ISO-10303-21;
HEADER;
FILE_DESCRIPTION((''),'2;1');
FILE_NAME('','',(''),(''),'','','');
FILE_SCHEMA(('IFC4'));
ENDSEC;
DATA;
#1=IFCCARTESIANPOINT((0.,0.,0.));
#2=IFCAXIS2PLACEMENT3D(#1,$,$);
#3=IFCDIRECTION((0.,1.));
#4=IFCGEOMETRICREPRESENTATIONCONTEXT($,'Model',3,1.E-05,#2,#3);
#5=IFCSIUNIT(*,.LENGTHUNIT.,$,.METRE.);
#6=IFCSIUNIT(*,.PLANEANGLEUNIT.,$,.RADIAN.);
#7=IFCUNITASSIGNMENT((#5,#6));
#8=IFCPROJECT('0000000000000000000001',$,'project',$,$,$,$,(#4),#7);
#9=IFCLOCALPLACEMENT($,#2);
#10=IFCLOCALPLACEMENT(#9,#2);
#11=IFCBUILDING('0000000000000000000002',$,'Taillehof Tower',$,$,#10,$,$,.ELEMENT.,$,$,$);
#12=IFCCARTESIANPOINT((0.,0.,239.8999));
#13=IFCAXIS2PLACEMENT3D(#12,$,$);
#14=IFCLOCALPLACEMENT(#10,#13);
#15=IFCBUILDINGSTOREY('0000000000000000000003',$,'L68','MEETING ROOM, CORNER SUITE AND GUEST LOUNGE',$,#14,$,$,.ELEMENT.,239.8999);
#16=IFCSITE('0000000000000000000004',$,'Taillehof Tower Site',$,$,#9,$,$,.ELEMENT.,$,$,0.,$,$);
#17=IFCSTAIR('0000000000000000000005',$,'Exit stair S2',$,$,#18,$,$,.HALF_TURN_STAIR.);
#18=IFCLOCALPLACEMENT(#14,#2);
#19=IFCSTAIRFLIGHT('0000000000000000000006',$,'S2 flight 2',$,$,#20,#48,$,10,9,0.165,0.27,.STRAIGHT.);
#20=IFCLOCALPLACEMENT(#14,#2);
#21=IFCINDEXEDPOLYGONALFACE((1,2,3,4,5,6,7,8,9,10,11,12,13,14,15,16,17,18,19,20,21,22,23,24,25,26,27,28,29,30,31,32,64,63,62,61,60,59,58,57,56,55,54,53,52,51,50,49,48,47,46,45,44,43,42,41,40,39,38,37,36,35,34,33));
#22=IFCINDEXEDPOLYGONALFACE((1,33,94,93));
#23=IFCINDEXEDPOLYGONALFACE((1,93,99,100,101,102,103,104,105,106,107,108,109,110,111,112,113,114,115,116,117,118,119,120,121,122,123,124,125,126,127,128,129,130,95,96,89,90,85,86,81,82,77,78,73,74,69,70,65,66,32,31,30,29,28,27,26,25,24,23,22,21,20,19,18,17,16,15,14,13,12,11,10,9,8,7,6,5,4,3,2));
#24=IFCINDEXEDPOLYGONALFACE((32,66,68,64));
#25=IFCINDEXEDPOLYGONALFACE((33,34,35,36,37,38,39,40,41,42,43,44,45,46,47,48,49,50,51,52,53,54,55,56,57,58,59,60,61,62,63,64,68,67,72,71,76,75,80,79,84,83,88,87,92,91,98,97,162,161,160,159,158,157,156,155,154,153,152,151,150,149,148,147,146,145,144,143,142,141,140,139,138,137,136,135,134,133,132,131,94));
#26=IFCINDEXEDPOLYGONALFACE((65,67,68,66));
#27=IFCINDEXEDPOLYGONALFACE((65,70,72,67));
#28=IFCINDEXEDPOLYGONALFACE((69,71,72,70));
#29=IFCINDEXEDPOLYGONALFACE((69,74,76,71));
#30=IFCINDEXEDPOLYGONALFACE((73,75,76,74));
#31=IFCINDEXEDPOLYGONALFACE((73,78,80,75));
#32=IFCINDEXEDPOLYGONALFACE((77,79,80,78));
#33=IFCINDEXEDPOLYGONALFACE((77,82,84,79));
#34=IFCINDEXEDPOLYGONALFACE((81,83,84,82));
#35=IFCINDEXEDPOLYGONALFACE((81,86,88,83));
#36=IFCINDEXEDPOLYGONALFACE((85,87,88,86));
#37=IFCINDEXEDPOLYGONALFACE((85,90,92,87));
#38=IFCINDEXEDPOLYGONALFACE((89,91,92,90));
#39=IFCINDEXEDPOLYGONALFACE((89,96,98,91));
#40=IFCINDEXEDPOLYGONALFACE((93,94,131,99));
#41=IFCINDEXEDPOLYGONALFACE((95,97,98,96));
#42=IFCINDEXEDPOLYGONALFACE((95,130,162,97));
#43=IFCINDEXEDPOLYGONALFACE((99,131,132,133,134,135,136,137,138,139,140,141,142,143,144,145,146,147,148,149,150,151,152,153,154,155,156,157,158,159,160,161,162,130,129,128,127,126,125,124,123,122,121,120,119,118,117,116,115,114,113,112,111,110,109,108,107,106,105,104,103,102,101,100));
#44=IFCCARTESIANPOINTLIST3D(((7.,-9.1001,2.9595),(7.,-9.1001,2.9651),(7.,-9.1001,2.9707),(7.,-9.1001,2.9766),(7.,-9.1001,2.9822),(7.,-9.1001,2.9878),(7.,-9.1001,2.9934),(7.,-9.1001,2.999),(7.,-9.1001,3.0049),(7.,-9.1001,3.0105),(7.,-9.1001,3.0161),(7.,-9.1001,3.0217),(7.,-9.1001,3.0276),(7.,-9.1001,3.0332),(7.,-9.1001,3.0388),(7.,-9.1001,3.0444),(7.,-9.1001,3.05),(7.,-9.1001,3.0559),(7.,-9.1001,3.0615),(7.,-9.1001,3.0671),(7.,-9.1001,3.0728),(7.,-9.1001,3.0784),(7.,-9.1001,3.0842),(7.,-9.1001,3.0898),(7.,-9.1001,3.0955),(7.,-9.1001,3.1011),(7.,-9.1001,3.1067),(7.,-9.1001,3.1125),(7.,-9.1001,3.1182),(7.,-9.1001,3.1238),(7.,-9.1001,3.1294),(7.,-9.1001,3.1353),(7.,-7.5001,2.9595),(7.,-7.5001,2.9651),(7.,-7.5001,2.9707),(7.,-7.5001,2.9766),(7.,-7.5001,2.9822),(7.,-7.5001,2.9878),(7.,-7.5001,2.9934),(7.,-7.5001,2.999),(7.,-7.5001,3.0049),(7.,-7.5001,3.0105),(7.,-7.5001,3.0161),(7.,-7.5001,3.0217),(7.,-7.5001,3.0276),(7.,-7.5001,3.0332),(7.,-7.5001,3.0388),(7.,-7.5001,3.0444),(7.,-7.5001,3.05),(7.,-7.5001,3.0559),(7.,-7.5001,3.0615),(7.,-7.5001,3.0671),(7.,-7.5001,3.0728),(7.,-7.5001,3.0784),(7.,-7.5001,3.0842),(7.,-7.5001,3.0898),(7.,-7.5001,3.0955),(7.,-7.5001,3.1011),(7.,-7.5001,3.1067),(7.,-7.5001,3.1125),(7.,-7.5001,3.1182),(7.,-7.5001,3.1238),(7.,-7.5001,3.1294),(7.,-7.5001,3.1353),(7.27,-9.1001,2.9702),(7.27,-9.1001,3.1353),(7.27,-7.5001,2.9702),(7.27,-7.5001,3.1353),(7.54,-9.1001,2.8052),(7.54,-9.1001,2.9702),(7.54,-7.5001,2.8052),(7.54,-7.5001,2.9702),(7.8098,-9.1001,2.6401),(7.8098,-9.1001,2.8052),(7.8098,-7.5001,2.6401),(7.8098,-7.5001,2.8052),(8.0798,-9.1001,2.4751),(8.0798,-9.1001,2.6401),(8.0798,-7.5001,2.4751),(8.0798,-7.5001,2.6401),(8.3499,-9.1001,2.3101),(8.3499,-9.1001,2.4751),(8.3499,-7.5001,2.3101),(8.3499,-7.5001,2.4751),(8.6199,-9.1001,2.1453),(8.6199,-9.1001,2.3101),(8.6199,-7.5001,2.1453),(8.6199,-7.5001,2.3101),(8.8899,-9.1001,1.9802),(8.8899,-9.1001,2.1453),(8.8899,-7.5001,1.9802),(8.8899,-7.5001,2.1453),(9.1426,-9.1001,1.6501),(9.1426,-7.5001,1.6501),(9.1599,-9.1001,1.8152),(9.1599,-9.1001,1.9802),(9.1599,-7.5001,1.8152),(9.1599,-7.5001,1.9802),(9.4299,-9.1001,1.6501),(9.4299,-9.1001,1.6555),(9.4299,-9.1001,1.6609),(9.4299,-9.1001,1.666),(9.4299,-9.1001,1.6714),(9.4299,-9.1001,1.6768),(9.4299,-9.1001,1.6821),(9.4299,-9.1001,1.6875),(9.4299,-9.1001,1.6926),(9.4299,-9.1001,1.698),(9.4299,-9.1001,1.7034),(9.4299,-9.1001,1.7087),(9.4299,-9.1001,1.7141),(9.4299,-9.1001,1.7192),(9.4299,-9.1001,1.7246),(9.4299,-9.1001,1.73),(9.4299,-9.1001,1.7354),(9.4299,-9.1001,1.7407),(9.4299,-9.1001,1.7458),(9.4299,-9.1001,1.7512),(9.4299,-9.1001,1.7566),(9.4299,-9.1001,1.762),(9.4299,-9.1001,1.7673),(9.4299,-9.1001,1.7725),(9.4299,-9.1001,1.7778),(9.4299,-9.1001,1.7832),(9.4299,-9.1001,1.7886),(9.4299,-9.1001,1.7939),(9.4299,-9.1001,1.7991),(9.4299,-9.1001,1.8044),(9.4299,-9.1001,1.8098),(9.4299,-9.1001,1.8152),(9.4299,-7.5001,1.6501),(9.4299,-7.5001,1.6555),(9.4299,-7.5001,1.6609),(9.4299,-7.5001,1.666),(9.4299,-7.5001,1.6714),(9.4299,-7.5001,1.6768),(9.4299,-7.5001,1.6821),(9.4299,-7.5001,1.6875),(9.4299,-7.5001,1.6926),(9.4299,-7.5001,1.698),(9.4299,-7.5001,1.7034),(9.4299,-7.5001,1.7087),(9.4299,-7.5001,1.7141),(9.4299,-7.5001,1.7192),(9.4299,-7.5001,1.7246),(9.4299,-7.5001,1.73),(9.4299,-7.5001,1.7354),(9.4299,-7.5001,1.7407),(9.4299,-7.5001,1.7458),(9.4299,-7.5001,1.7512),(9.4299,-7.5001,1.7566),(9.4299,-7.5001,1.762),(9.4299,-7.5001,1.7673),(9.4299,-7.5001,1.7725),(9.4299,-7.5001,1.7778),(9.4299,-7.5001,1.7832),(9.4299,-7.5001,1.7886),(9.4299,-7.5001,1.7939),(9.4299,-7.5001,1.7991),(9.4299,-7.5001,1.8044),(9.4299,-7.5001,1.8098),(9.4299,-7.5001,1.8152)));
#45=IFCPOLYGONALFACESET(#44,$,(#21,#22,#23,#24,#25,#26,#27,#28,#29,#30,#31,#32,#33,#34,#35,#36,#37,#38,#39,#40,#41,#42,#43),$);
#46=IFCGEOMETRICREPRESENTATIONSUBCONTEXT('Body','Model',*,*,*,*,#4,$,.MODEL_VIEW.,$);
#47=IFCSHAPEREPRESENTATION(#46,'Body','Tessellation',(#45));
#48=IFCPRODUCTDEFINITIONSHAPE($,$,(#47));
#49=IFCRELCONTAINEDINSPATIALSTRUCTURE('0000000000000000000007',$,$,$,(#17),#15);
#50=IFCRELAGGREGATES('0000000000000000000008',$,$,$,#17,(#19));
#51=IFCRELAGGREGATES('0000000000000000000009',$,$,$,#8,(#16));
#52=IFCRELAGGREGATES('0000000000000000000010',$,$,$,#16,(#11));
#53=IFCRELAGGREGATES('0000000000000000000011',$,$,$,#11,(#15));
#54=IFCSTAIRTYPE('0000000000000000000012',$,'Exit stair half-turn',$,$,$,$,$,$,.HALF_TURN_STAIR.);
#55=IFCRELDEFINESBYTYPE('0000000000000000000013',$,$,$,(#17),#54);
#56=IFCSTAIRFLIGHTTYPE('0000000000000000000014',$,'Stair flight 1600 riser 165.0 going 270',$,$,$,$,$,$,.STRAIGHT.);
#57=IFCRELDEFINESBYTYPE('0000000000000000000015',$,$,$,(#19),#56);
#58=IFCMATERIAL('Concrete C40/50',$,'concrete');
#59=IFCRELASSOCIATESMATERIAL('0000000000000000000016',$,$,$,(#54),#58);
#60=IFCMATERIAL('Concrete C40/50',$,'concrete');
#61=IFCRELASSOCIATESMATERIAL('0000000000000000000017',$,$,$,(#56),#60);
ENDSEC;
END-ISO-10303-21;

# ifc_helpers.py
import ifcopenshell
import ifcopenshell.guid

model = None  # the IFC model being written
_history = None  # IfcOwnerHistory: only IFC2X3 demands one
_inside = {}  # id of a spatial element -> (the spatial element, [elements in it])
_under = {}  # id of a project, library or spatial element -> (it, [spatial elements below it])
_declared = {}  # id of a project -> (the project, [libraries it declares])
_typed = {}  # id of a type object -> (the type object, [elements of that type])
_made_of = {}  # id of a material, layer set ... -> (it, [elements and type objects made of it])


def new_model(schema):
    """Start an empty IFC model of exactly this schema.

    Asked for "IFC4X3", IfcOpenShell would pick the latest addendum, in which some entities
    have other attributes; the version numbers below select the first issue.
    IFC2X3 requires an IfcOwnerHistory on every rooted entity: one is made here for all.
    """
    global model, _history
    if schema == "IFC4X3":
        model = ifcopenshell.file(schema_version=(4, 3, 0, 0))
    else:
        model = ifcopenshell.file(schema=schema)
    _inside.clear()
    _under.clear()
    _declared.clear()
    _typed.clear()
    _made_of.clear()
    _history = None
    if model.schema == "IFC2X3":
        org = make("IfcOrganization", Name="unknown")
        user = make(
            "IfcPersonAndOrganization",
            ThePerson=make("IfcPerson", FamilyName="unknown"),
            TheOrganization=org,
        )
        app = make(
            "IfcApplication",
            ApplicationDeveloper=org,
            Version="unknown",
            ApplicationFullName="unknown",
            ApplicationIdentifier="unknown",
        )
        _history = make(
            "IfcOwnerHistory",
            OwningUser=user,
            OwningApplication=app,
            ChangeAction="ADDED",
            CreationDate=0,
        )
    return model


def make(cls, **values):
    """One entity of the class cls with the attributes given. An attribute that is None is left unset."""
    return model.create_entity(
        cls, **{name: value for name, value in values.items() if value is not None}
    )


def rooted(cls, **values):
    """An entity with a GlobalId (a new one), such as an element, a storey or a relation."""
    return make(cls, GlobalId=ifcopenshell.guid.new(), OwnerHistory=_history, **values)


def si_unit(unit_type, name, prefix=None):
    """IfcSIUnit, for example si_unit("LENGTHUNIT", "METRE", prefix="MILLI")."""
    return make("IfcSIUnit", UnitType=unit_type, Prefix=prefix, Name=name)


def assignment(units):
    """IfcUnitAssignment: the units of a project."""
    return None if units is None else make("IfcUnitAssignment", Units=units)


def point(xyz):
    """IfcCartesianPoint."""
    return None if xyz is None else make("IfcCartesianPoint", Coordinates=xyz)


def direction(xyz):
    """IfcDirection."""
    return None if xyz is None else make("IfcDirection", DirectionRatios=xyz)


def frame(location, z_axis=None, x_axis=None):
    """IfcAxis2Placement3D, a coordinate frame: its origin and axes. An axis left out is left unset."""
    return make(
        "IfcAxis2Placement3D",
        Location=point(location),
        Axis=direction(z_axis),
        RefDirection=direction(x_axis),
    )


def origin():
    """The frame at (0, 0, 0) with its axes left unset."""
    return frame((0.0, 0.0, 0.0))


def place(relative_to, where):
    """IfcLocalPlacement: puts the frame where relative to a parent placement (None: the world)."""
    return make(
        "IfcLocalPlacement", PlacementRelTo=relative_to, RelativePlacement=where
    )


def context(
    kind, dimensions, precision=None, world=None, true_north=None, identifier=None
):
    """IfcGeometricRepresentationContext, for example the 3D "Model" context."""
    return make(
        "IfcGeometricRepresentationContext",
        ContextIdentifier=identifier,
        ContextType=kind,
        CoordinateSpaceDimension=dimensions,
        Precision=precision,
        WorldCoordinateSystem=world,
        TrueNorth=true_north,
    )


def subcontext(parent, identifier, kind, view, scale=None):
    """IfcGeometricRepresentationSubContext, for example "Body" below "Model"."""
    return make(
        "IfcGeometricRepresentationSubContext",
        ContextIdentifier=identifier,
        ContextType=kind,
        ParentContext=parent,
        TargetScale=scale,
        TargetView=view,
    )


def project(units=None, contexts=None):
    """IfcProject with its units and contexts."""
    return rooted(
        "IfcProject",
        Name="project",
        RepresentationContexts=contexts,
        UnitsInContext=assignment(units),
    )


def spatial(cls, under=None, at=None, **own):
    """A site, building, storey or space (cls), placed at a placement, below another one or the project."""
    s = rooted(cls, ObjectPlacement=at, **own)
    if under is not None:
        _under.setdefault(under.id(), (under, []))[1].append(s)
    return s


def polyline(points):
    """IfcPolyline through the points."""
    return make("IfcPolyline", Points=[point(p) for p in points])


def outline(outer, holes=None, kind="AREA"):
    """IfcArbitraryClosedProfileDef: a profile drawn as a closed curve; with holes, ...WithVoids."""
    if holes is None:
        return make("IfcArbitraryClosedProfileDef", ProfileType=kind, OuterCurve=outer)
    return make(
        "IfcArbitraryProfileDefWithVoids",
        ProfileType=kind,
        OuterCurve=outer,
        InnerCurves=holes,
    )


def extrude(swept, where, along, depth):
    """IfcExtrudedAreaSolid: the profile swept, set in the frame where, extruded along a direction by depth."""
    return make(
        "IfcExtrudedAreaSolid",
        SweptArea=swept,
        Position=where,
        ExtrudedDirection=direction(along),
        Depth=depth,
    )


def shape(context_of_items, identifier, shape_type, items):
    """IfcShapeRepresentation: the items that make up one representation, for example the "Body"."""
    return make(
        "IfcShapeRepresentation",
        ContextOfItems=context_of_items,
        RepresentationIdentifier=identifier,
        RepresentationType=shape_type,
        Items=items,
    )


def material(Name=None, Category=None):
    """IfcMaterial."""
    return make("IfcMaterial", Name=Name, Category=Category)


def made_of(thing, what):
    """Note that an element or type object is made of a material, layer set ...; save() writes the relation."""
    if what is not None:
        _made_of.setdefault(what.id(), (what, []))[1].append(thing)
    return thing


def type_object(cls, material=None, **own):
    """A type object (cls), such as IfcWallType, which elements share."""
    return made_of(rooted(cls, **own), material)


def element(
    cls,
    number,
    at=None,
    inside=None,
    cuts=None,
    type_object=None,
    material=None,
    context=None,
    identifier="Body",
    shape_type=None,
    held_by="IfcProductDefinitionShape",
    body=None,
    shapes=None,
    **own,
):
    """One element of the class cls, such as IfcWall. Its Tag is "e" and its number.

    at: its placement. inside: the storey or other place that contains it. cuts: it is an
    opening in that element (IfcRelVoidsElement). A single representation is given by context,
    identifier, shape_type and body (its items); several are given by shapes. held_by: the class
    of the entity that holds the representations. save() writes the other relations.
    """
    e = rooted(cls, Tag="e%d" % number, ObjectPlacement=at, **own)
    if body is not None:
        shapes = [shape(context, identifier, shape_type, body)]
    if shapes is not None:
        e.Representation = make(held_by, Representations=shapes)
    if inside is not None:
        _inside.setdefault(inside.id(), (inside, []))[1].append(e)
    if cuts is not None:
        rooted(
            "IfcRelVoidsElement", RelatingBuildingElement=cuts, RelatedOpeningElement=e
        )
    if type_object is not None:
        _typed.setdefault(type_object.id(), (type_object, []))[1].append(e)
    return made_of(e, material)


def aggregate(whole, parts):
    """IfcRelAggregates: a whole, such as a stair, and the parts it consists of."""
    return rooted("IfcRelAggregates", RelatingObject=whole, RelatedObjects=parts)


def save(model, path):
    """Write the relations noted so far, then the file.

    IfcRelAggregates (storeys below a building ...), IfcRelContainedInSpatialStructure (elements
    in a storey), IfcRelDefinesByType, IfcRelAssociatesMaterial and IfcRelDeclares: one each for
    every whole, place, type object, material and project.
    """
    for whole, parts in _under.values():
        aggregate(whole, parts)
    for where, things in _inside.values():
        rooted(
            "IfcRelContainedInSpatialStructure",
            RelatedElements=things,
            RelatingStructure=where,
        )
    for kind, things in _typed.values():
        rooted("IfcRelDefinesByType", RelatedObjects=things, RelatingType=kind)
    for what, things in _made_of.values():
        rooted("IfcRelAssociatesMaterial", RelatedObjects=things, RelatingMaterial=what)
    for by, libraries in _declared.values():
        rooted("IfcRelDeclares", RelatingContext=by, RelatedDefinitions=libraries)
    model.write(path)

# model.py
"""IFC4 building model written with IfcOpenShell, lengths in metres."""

from ifc_helpers import new_model, si_unit, direction, frame, origin, place, context, subcontext, project, spatial, polyline, outline, extrude, material, type_object, element, aggregate, save


model = new_model("IFC4")

# Units and contexts
model_context = context("Model", 3, precision=1e-05, world=origin(), true_north=direction((0.0, 1.0)))
body_context = subcontext(model_context, "Body", "Model", "MODEL_VIEW")
ifc_project = project(units=[si_unit("LENGTHUNIT", "METRE"), si_unit("PLANEANGLEUNIT", "RADIAN")], contexts=[model_context])

# Site, building, storey
site_placement = place(None, origin())
site = spatial("IfcSite", under=ifc_project, at=site_placement, Name="Taillehof Tower Site", CompositionType="ELEMENT", RefElevation=0.0)
building_placement = place(site_placement, origin())
building = spatial("IfcBuilding", under=site, at=building_placement, Name="Taillehof Tower", CompositionType="ELEMENT")
storey_placement = place(building_placement, frame((0.0, 0.0, 239.8999)))
storey = spatial("IfcBuildingStorey", under=building, at=storey_placement, Name="L68", Description="MEETING ROOM, CORNER SUITE AND GUEST LOUNGE", CompositionType="ELEMENT", Elevation=239.8999)

# Stair, stair flight
ifc_material_1 = material(Name="Concrete C40/50", Category="concrete")
stair_type = type_object("IfcStairType", Name="Exit stair half-turn", PredefinedType="HALF_TURN_STAIR", material=ifc_material_1)
stair_placement = place(storey_placement, origin())
stair = element("IfcStair", 1, at=stair_placement, inside=storey, type_object=stair_type, Name="Exit stair S2", PredefinedType="HALF_TURN_STAIR")
ifc_material_2 = material(Name="Concrete C40/50", Category="concrete")
stair_flight_type = type_object("IfcStairFlightType", Name="Stair flight 1600 riser 165.0 going 270", PredefinedType="STRAIGHT", material=ifc_material_2)
stair_flight_placement = place(storey_placement, frame((9.4299, -8.3, 1.6501), z_axis=(0.0, 0.0, 1.0), x_axis=(-1.0, 0.0, 0.0)))
stair_flight = element("IfcStairFlight", 2, at=stair_flight_placement, type_object=stair_flight_type, Name="S2 flight 2", NumberOfRisers=10, NumberOfTreads=9, PredefinedType="STRAIGHT", RiserHeight=0.165, TreadLength=0.27, context=body_context, shape_type="SweptSolid", body=[
    extrude(outline(polyline([(0.0, 0.0), (0.0, 0.0054), (0.0, 0.0107), (0.0, 0.0159), (0.0, 0.0212), (0.0, 0.0266), (0.0, 0.032), (0.0, 0.0374), (0.0, 0.0425), (0.0, 0.0479), (0.0, 0.0532), (0.0, 0.0586), (0.0, 0.064), (0.0, 0.0691), (0.0, 0.0745), (0.0, 0.0798), (0.0, 0.0852), (0.0, 0.0906), (0.0, 0.0957), (0.0, 0.1011), (0.0, 0.1064), (0.0, 0.1118), (0.0, 0.1172), (0.0, 0.1223), (0.0, 0.1277), (0.0, 0.1331), (0.0, 0.1384), (0.0, 0.1438), (0.0, 0.1489), (0.0, 0.1543), (0.0, 0.1597), (0.0, 0.165), (0.27, 0.165), (0.27, 0.3301), (0.54, 0.3301), (0.54, 0.4951), (0.8101, 0.4951), (0.8101, 0.6599), (1.0801, 0.6599), (1.0801, 0.825), (1.3501, 0.825), (1.3501, 0.99), (1.6201, 0.99), (1.6201, 1.155), (1.8899, 1.155), (1.8899, 1.3201), (2.1599, 1.3201), (2.1599, 1.4851), (2.4299, 1.4851), (2.4299, 1.4792), (2.4299, 1.4736), (2.4299, 1.468), (2.4299, 1.4624), (2.4299, 1.4565), (2.4299, 1.4509), (2.4299, 1.4453), (2.4299, 1.4397), (2.4299, 1.4341), (2.4299, 1.4282), (2.4299, 1.4226), (2.4299, 1.417), (2.4299, 1.4114), (2.4299, 1.4058), (2.4299, 1.3999), (2.4299, 1.3943), (2.4299, 1.3887), (2.4299, 1.3831), (2.4299, 1.3774), (2.4299, 1.3716), (2.4299, 1.366), (2.4299, 1.3604), (2.4299, 1.3547), (2.4299, 1.3489), (2.4299, 1.3433), (2.4299, 1.3376), (2.4299, 1.332), (2.4299, 1.3264), (2.4299, 1.3206), (2.4299, 1.3149), (2.4299, 1.3093), (0.2874, 0.0), (0.0, 0.0)])), frame((0.0, 0.8, 0.0), z_axis=(0.0, -1.0, 0.0), x_axis=(1.0, 0.0, 0.0)), (0.0, 0.0, 1.0), 1.6),
])
aggregate(stair, [stair_flight])

save(model, "model.ifc")
